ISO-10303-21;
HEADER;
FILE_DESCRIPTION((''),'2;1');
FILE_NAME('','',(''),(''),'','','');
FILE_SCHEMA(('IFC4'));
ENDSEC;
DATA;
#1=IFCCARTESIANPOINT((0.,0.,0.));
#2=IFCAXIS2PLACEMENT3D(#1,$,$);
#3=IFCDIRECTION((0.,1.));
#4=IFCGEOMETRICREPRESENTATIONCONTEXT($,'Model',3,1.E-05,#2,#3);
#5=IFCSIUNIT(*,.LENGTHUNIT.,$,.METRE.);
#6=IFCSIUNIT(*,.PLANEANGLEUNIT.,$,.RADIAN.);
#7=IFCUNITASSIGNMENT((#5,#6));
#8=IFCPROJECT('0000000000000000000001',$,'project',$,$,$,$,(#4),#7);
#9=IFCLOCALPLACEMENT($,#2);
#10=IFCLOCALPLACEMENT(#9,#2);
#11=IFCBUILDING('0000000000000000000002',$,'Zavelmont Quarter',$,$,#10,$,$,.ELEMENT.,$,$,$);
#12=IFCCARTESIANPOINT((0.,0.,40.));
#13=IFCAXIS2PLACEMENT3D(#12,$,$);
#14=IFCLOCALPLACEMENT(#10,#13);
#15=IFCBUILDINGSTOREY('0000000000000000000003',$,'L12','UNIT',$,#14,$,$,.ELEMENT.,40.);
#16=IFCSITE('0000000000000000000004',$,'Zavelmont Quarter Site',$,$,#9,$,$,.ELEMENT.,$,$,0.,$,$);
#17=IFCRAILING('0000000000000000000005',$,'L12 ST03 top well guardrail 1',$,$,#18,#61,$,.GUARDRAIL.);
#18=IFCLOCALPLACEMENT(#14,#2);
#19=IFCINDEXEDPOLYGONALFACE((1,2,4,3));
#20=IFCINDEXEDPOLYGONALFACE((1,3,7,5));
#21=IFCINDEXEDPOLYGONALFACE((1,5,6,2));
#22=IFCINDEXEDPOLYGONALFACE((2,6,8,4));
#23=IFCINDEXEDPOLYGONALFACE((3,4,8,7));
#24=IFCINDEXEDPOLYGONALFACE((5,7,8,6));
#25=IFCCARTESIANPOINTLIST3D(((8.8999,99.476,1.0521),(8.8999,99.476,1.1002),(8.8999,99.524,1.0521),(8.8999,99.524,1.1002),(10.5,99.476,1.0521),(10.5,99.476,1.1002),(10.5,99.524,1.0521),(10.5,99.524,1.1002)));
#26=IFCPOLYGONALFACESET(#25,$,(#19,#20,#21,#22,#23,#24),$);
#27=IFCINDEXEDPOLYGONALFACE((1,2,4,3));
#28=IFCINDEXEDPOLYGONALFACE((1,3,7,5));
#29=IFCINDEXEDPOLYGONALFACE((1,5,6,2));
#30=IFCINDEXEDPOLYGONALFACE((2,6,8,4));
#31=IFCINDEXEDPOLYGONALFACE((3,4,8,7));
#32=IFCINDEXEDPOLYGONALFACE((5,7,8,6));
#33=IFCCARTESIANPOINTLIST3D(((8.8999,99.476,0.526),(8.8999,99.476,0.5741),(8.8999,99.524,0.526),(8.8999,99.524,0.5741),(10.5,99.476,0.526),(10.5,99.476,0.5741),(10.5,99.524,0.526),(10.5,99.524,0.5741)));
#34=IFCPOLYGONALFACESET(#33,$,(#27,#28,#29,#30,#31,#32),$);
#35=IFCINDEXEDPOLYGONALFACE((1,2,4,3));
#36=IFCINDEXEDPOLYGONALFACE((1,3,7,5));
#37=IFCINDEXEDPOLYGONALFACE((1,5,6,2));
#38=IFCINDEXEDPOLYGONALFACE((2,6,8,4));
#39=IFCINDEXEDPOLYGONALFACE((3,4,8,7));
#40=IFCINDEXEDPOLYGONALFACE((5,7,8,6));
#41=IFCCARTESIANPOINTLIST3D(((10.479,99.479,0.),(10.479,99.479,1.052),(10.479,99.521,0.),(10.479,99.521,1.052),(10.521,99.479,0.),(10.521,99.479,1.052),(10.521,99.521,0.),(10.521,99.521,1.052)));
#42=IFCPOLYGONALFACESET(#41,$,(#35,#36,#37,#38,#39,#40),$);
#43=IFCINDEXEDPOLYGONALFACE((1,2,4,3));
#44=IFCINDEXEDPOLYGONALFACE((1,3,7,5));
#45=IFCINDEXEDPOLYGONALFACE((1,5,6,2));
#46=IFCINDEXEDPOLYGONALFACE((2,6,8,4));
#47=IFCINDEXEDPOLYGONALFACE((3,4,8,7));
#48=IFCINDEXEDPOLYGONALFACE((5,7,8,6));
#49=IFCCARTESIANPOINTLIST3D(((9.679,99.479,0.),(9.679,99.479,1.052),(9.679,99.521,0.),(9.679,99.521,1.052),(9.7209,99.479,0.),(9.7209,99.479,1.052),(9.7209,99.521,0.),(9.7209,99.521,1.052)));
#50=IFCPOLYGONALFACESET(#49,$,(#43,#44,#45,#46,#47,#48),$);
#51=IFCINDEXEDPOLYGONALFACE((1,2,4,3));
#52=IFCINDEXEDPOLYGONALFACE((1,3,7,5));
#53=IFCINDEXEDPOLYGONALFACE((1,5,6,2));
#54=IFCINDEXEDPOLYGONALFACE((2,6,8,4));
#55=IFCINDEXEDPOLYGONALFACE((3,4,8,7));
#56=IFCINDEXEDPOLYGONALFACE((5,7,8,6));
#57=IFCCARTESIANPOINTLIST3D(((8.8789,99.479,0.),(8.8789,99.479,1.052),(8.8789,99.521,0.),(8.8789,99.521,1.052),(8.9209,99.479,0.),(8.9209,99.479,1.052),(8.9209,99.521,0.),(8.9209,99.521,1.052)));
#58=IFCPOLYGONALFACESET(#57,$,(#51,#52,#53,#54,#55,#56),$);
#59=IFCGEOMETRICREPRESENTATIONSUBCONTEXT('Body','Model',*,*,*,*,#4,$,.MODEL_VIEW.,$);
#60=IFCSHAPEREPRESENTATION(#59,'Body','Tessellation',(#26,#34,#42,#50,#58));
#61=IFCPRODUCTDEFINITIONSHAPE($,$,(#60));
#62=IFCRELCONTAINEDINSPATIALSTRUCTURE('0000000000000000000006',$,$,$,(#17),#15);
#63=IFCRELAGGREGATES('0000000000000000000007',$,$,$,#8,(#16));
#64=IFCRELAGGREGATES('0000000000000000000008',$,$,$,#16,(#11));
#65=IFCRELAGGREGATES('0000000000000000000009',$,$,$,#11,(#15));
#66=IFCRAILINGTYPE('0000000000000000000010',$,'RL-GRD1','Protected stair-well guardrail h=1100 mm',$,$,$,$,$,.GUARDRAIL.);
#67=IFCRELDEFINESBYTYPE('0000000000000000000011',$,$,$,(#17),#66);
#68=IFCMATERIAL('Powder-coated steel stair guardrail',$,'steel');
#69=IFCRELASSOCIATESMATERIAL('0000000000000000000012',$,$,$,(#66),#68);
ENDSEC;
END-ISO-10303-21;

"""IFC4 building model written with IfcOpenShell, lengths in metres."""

from ifc_helpers import new_model, si_unit, direction, frame, origin, origin_2d, place, context, subcontext, project, spatial, rectangle, extrude, material, type_object, element, save


model = new_model("IFC4")

# Units and contexts
model_context = context("Model", 3, precision=1e-05, world=origin(), true_north=direction((0.0, 1.0)))
body_context = subcontext(model_context, "Body", "Model", "MODEL_VIEW")
ifc_project = project(units=[si_unit("LENGTHUNIT", "METRE"), si_unit("PLANEANGLEUNIT", "RADIAN")], contexts=[model_context])

# Site, building, storey
site_placement = place(None, origin())
site = spatial("IfcSite", under=ifc_project, at=site_placement, Name="Zavelmont Quarter Site", CompositionType="ELEMENT", RefElevation=0.0)
building_placement = place(site_placement, origin())
building = spatial("IfcBuilding", under=site, at=building_placement, Name="Zavelmont Quarter", CompositionType="ELEMENT")
storey_placement = place(building_placement, frame((0.0, 0.0, 40.0)))
storey = spatial("IfcBuildingStorey", under=building, at=storey_placement, Name="L12", Description="UNIT", CompositionType="ELEMENT", Elevation=40.0)

# Railing
ifc_material_1 = material(Name="Powder-coated steel stair guardrail", Category="steel")
railing_type = type_object("IfcRailingType", Name="RL-GRD1", Description="Protected stair-well guardrail h=1100 mm", PredefinedType="GUARDRAIL", material=ifc_material_1)
railing_placement = place(storey_placement, frame((10.5, 99.5, 0.0)))
element("IfcRailing", 1, at=railing_placement, inside=storey, type_object=railing_type, Name="L12 ST03 top well guardrail 1", PredefinedType="GUARDRAIL", context=body_context, shape_type="SweptSolid", body=[
    extrude(rectangle(XDim=0.0481, YDim=0.0481, at=origin_2d()), frame((0.0, 0.0, 1.0762), z_axis=(-1.0, 0.0, 0.0), x_axis=(0.0, -1.0, 0.0)), (0.0, 0.0, 1.0), 1.6001),
    extrude(rectangle(XDim=0.0481, YDim=0.0481, at=origin_2d()), frame((0.0, 0.0, 0.55), z_axis=(-1.0, 0.0, 0.0), x_axis=(0.0, -1.0, 0.0)), (0.0, 0.0, 1.0), 1.6001),
    extrude(rectangle(XDim=0.042, YDim=0.042, at=origin_2d()), origin(), (0.0, 0.0, 1.0), 1.052),
    extrude(rectangle(XDim=0.042, YDim=0.042, at=origin_2d()), frame((-0.8, 0.0, 0.0)), (0.0, 0.0, 1.0), 1.052),
    extrude(rectangle(XDim=0.042, YDim=0.042, at=origin_2d()), frame((-1.6001, 0.0, 0.0)), (0.0, 0.0, 1.0), 1.052),
])

save(model, "model.ifc")
